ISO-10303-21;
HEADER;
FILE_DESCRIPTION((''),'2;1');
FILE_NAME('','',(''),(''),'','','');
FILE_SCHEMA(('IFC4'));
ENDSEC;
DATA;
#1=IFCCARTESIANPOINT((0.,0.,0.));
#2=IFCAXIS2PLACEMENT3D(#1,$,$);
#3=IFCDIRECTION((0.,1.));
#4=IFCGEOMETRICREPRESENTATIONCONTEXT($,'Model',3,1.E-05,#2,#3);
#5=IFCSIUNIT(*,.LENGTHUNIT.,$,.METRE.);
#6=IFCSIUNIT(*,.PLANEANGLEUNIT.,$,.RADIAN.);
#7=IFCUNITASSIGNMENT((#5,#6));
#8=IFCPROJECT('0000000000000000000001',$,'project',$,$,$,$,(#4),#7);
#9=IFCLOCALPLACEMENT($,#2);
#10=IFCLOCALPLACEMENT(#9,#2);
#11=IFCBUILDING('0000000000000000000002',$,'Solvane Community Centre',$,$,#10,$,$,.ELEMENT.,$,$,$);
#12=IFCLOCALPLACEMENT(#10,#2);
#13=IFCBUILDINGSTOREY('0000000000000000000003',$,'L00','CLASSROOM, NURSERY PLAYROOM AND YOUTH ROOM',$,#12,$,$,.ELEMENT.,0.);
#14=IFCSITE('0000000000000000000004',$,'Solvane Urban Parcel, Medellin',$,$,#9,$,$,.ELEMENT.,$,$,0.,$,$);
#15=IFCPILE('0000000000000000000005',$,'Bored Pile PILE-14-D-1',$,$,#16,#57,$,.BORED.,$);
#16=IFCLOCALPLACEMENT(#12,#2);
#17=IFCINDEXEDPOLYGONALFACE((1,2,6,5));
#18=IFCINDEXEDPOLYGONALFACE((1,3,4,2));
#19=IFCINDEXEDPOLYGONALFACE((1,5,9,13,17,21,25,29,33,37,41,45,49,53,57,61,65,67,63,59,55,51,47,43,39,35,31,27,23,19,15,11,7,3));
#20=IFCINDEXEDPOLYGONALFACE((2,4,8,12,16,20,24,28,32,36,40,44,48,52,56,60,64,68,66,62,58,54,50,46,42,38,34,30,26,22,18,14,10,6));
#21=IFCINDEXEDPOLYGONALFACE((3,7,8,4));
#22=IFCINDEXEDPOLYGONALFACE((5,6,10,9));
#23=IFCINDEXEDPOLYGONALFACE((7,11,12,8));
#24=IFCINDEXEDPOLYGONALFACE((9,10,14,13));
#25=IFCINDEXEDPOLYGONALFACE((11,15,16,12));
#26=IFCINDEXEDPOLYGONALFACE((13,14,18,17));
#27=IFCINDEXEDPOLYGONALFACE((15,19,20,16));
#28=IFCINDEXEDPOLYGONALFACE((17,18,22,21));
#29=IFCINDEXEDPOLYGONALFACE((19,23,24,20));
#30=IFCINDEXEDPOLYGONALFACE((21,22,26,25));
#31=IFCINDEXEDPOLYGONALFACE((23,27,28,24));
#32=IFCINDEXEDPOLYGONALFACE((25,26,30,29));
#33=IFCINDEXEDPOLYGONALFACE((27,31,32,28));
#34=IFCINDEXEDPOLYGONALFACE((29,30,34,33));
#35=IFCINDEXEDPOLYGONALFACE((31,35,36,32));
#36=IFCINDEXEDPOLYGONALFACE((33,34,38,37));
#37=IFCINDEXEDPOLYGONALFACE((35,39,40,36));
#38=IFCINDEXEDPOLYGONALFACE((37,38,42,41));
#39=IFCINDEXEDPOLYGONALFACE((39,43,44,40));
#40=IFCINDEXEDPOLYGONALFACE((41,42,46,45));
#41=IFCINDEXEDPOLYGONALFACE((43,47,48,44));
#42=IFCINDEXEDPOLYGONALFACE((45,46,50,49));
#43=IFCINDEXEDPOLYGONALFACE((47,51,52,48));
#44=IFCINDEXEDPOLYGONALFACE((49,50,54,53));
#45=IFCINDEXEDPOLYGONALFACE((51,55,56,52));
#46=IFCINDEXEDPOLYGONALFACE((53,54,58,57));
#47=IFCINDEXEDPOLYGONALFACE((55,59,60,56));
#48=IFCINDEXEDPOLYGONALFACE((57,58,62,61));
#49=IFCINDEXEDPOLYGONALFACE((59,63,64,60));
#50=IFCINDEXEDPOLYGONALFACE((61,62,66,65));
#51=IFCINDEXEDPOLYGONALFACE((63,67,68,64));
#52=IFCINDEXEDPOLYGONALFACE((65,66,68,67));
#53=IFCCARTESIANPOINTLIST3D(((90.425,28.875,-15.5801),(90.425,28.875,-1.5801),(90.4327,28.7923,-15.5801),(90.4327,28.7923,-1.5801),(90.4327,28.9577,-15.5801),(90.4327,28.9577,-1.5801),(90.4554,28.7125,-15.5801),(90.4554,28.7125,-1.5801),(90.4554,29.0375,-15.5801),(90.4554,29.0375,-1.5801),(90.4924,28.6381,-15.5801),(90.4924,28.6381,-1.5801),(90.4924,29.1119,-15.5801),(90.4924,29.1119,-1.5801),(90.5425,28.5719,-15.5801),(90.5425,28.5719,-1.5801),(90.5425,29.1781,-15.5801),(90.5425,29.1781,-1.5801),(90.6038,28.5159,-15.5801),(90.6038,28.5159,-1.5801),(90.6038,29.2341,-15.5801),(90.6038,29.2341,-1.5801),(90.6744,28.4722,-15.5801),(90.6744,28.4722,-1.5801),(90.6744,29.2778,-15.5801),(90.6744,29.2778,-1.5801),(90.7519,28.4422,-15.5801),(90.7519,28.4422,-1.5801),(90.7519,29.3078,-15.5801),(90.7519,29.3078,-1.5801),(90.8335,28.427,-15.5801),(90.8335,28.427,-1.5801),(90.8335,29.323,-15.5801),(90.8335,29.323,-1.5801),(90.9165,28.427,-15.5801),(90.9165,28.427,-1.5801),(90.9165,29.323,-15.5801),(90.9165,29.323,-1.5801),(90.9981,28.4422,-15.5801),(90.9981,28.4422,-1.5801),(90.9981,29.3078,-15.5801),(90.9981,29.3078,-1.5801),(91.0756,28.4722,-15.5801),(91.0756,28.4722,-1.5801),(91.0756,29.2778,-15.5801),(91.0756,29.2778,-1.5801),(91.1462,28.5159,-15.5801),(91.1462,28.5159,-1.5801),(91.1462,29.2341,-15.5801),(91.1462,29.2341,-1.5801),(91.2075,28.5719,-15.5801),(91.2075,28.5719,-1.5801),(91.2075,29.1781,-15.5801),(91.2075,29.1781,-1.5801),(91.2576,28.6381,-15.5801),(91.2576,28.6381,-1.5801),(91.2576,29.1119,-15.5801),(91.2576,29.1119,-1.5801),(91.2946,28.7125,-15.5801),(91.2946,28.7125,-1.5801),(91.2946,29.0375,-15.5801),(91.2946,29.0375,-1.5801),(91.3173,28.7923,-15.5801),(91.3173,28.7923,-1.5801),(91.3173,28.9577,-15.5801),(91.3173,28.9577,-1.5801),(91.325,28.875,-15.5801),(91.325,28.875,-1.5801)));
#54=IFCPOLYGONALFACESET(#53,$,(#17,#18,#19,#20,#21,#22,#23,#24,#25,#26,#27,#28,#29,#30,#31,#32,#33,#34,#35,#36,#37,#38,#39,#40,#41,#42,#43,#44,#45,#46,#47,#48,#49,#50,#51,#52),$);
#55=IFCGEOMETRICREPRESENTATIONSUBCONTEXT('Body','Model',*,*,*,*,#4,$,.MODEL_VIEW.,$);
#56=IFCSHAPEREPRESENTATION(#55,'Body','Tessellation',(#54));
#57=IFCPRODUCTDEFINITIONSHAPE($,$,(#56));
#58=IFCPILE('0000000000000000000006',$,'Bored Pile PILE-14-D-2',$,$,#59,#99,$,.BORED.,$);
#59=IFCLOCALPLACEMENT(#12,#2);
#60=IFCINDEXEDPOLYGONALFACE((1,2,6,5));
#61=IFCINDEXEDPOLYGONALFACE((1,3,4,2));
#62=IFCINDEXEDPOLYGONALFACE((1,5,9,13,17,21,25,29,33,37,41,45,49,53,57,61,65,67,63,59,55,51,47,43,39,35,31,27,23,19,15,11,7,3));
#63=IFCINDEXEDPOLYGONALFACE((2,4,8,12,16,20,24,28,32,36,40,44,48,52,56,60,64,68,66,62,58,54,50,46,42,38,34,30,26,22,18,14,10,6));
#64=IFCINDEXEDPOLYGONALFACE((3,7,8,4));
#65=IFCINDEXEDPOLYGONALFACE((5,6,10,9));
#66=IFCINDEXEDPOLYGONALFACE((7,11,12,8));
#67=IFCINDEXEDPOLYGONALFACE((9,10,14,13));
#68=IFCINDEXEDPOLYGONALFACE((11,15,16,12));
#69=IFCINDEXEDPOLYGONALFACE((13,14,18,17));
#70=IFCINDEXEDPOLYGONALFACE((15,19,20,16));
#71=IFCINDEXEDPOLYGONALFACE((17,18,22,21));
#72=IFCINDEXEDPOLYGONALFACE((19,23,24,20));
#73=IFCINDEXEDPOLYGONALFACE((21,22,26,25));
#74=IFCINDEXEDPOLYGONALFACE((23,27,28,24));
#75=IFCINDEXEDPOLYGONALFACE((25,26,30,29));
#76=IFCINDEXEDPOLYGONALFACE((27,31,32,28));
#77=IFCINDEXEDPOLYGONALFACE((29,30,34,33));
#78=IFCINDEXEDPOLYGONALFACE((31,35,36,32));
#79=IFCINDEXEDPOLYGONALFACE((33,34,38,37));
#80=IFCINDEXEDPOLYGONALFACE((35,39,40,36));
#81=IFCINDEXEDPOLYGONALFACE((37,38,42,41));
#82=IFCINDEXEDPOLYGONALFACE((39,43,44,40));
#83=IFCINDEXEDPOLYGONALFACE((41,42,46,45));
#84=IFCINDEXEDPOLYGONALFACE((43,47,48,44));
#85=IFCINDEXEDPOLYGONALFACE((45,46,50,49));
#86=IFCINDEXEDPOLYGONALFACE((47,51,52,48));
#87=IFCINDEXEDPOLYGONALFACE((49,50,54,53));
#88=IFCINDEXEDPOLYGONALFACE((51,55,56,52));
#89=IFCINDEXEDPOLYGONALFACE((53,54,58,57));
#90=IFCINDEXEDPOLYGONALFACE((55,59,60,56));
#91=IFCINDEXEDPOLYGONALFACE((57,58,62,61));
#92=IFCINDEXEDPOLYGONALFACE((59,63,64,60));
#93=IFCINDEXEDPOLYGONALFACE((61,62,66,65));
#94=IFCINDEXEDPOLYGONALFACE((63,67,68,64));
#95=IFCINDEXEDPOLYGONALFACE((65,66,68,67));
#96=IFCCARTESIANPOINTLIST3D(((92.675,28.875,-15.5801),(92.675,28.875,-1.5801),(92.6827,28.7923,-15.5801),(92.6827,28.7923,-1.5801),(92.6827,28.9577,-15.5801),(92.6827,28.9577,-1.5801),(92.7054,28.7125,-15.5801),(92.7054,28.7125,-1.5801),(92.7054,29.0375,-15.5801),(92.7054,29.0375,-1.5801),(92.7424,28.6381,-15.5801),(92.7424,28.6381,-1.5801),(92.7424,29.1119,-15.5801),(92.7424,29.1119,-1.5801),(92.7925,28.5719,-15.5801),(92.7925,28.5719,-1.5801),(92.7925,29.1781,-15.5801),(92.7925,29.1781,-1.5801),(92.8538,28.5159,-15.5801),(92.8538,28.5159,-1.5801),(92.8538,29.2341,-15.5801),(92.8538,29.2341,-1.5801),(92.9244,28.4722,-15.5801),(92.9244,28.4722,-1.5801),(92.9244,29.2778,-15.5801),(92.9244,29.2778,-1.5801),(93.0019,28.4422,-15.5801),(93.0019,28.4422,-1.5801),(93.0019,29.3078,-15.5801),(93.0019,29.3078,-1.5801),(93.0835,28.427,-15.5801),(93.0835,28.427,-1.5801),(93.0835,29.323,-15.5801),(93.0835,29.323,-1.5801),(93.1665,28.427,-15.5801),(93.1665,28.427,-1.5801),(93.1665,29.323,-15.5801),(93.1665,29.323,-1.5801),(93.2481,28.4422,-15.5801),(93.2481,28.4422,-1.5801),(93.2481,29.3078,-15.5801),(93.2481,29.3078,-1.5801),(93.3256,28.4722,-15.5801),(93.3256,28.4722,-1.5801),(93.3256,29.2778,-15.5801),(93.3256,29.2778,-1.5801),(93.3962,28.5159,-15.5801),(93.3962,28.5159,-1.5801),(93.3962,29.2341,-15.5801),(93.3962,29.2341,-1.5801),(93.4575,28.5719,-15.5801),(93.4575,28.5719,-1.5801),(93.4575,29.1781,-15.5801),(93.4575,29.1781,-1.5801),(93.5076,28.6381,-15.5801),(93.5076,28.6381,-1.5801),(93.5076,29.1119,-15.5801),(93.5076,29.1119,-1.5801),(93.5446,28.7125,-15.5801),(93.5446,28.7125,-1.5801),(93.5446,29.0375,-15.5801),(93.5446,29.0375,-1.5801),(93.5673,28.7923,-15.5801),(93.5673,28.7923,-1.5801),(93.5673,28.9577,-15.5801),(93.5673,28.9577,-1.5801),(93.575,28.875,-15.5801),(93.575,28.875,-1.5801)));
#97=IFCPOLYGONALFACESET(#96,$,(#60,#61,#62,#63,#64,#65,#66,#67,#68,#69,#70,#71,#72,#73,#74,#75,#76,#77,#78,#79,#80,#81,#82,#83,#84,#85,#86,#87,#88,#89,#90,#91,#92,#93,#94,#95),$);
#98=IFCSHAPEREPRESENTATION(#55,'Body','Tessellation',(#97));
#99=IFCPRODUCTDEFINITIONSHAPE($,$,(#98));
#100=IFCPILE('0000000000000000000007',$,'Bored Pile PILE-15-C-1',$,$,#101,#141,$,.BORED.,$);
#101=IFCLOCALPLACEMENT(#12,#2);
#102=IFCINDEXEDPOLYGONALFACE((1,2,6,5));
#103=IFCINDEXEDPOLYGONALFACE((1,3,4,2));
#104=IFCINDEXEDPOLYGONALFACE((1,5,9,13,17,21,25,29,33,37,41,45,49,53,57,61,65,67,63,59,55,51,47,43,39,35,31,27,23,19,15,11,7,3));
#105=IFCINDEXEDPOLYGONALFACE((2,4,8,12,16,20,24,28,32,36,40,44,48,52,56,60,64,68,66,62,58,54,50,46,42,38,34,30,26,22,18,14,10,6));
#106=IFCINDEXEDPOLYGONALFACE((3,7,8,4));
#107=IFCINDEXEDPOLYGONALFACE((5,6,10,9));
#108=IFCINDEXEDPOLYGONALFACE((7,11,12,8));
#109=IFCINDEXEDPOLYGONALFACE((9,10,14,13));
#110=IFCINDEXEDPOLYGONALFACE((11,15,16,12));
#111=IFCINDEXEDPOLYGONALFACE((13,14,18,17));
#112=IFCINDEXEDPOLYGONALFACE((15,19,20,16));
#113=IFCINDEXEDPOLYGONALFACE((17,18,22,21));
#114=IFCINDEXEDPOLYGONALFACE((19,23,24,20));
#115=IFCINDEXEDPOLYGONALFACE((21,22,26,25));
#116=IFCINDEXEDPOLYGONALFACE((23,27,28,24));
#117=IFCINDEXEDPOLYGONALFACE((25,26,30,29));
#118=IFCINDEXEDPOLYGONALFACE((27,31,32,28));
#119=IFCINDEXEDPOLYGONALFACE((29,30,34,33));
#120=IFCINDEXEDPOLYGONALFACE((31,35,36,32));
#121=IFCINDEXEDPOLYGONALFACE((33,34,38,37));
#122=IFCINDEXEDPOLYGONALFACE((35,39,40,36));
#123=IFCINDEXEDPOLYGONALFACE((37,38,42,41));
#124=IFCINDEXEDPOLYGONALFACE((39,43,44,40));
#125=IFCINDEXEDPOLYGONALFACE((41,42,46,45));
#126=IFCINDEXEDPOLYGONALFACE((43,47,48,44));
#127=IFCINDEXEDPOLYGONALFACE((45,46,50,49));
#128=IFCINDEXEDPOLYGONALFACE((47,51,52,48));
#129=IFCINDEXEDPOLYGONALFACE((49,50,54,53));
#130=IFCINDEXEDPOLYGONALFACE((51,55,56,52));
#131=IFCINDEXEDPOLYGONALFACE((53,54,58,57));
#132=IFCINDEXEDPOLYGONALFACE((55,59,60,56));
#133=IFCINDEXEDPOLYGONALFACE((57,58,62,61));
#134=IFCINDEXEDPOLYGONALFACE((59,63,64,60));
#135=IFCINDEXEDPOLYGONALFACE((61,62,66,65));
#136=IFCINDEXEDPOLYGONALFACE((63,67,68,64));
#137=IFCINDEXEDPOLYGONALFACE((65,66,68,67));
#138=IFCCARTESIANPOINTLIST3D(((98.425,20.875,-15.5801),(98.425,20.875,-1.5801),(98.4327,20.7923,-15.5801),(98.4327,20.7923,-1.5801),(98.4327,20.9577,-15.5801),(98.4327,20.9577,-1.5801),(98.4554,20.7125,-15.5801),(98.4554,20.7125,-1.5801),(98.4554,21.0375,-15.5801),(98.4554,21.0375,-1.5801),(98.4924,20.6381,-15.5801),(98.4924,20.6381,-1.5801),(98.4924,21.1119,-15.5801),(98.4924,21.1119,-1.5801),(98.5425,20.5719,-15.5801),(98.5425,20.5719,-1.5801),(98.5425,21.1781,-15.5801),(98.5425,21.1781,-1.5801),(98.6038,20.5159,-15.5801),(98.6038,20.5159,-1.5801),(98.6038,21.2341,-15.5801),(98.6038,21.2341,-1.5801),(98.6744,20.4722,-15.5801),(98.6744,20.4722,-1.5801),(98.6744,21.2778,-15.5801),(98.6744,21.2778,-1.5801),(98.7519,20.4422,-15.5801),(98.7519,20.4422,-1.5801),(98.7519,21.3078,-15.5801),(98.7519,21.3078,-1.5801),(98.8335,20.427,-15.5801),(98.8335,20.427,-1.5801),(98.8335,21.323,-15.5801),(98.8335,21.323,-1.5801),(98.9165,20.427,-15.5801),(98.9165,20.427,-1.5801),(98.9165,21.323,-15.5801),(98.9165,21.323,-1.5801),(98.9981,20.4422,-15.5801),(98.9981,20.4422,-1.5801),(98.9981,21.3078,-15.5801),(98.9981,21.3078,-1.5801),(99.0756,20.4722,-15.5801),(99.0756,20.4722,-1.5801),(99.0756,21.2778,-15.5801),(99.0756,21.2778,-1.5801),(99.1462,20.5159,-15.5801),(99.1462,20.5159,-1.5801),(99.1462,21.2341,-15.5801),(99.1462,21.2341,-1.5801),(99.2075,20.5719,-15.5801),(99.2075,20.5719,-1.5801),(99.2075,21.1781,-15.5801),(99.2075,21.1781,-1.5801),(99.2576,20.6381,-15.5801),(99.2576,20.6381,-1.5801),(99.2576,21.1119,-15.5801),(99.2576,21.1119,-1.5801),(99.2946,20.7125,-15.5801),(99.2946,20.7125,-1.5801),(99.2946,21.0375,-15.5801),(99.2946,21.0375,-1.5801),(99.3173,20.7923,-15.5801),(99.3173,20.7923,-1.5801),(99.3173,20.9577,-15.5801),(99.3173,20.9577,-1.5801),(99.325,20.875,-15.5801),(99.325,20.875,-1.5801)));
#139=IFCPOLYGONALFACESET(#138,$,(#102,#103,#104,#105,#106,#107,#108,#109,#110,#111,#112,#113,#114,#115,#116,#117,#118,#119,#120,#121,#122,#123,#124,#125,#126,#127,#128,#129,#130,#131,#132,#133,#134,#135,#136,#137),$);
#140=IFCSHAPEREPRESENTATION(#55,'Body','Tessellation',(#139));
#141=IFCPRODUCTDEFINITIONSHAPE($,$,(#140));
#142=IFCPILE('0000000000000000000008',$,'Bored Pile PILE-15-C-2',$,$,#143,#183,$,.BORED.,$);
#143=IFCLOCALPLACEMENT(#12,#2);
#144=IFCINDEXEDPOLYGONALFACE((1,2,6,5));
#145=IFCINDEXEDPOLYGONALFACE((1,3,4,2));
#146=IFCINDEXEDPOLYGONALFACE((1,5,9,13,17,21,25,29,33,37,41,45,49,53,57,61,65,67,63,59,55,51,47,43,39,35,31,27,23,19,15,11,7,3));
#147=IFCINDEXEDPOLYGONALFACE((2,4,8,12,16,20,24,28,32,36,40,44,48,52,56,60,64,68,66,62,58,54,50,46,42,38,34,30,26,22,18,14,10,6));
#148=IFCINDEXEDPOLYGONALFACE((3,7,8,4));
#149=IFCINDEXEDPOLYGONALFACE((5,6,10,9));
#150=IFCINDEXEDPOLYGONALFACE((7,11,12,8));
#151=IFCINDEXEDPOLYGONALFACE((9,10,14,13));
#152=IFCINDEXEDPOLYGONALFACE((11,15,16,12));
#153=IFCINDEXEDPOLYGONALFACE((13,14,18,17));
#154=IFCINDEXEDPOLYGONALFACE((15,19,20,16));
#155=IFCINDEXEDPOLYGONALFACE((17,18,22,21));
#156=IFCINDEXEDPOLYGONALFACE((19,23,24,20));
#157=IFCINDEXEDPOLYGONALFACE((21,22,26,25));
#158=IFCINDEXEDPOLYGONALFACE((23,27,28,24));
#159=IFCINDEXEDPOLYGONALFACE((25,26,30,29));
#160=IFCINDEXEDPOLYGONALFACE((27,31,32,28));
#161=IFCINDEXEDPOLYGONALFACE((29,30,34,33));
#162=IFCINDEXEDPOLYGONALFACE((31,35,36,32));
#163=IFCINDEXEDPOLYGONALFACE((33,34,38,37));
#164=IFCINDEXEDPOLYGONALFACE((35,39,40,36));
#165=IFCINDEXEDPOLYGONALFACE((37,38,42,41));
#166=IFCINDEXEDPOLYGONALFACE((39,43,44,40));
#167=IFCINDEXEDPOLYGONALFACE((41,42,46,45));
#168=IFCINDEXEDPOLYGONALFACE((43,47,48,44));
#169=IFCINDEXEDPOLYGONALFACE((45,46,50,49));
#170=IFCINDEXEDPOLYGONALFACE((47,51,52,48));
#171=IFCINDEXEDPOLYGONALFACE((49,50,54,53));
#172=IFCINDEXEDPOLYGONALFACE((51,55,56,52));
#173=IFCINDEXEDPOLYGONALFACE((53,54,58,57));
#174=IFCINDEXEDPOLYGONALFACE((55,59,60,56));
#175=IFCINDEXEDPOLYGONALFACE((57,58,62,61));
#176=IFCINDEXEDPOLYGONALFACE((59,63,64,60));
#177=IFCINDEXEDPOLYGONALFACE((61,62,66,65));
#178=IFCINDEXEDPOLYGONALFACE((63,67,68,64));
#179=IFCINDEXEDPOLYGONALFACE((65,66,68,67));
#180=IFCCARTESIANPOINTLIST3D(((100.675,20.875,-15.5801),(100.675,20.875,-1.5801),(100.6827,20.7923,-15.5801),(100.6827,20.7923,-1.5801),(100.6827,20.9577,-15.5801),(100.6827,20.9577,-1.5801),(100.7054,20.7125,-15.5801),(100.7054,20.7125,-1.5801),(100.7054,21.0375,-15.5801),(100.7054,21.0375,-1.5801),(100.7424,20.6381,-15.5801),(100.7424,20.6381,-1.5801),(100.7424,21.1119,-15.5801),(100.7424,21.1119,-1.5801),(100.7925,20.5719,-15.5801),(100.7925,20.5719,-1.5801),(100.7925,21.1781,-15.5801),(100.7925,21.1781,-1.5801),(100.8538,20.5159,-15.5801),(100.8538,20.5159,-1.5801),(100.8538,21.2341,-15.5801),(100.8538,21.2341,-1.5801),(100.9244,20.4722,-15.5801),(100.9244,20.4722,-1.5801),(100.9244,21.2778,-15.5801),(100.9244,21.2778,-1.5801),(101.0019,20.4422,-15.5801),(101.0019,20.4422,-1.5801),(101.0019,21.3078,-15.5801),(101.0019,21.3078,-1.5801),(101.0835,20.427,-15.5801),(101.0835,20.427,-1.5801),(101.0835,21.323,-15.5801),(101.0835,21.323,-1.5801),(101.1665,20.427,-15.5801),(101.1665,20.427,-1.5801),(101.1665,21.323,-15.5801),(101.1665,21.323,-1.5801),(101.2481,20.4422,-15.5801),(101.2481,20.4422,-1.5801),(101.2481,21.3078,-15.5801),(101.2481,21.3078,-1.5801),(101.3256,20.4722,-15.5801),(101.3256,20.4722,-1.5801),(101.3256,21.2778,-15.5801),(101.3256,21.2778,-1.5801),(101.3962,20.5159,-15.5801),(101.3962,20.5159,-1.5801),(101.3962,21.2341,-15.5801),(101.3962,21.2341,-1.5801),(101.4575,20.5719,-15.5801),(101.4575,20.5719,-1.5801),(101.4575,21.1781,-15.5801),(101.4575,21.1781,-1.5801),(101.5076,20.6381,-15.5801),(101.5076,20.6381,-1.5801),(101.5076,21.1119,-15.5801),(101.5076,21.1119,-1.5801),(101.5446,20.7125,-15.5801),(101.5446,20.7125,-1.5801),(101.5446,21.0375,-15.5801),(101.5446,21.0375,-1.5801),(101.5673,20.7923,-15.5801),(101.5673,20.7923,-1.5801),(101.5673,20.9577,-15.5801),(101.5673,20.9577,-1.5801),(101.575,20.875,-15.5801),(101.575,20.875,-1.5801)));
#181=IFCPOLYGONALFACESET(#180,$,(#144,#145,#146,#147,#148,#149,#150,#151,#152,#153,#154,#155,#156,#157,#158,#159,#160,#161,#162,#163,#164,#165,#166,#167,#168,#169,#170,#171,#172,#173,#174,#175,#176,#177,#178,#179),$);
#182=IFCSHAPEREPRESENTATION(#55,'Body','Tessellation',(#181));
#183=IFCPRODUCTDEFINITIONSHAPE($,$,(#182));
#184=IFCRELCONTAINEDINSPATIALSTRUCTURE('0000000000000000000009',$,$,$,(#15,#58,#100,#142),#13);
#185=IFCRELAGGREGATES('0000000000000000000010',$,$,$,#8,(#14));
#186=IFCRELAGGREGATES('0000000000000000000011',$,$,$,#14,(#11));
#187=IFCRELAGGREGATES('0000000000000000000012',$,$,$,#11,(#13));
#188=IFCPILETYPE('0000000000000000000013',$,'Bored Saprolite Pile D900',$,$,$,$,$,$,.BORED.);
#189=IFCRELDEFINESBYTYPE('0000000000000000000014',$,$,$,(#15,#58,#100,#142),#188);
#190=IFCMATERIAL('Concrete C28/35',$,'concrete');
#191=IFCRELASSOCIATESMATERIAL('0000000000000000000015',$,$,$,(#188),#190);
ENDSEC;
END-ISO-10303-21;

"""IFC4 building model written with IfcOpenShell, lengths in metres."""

from ifc_helpers import new_model, si_unit, direction, frame, origin, origin_2d, place, context, subcontext, project, spatial, circle, extrude, material, material_profile, profile_set, type_object, element, save


model = new_model("IFC4")

# Units and contexts
model_context = context("Model", 3, precision=1e-05, world=origin(), true_north=direction((0.0, 1.0)))
body_context = subcontext(model_context, "Body", "Model", "MODEL_VIEW")
ifc_project = project(units=[si_unit("LENGTHUNIT", "METRE"), si_unit("PLANEANGLEUNIT", "RADIAN")], contexts=[model_context])

# Site, building, storey
site_placement = place(None, origin())
site = spatial("IfcSite", under=ifc_project, at=site_placement, Name="Solvane Urban Parcel, Medellin", CompositionType="ELEMENT", RefElevation=0.0)
building_placement = place(site_placement, origin())
building = spatial("IfcBuilding", under=site, at=building_placement, Name="Solvane Community Centre", CompositionType="ELEMENT")
storey_placement = place(building_placement, origin())
storey = spatial("IfcBuildingStorey", under=building, at=storey_placement, Name="L00", Description="CLASSROOM, NURSERY PLAYROOM AND YOUTH ROOM", CompositionType="ELEMENT", Elevation=0.0)

# Piles
ifc_material_1 = material(Name="Concrete C28/35", Category="concrete")
ifc_material_profile_1 = material_profile(ifc_material_1, circle(Radius=0.45, at=origin_2d()), Name="PILE D900")
ifc_profile_set_1 = profile_set([ifc_material_profile_1], Name="Concrete C28/35")
pile_type = type_object("IfcPileType", Name="Bored Saprolite Pile D900", PredefinedType="BORED", material=ifc_profile_set_1)
for number, where, z_axis, x_axis, name in (
    (1, (90.875, 28.875, -1.5801), (0.0, 0.0, -1.0), (1.0, 0.0, 0.0), "Bored Pile PILE-14-D-1"),
    (2, (93.125, 28.875, -1.5801), (0.0, 0.0, -1.0), (1.0, 0.0, 0.0), "Bored Pile PILE-14-D-2"),
    (3, (98.875, 20.875, -1.5801), (0.0, 0.0, -1.0), (1.0, 0.0, 0.0), "Bored Pile PILE-15-C-1"),
    (4, (101.125, 20.875, -1.5801), (0.0, 0.0, -1.0), (1.0, 0.0, 0.0), "Bored Pile PILE-15-C-2"),
):
    element("IfcPile", number, at=place(storey_placement, frame(where, z_axis=z_axis, x_axis=x_axis)), inside=storey, type_object=pile_type, Name=name, PredefinedType="BORED", context=body_context, shape_type="SweptSolid", body=[
        extrude(circle(Radius=0.45, at=origin_2d()), origin(), (0.0, 0.0, 1.0), 14.0),
    ])

save(model, "model.ifc")
